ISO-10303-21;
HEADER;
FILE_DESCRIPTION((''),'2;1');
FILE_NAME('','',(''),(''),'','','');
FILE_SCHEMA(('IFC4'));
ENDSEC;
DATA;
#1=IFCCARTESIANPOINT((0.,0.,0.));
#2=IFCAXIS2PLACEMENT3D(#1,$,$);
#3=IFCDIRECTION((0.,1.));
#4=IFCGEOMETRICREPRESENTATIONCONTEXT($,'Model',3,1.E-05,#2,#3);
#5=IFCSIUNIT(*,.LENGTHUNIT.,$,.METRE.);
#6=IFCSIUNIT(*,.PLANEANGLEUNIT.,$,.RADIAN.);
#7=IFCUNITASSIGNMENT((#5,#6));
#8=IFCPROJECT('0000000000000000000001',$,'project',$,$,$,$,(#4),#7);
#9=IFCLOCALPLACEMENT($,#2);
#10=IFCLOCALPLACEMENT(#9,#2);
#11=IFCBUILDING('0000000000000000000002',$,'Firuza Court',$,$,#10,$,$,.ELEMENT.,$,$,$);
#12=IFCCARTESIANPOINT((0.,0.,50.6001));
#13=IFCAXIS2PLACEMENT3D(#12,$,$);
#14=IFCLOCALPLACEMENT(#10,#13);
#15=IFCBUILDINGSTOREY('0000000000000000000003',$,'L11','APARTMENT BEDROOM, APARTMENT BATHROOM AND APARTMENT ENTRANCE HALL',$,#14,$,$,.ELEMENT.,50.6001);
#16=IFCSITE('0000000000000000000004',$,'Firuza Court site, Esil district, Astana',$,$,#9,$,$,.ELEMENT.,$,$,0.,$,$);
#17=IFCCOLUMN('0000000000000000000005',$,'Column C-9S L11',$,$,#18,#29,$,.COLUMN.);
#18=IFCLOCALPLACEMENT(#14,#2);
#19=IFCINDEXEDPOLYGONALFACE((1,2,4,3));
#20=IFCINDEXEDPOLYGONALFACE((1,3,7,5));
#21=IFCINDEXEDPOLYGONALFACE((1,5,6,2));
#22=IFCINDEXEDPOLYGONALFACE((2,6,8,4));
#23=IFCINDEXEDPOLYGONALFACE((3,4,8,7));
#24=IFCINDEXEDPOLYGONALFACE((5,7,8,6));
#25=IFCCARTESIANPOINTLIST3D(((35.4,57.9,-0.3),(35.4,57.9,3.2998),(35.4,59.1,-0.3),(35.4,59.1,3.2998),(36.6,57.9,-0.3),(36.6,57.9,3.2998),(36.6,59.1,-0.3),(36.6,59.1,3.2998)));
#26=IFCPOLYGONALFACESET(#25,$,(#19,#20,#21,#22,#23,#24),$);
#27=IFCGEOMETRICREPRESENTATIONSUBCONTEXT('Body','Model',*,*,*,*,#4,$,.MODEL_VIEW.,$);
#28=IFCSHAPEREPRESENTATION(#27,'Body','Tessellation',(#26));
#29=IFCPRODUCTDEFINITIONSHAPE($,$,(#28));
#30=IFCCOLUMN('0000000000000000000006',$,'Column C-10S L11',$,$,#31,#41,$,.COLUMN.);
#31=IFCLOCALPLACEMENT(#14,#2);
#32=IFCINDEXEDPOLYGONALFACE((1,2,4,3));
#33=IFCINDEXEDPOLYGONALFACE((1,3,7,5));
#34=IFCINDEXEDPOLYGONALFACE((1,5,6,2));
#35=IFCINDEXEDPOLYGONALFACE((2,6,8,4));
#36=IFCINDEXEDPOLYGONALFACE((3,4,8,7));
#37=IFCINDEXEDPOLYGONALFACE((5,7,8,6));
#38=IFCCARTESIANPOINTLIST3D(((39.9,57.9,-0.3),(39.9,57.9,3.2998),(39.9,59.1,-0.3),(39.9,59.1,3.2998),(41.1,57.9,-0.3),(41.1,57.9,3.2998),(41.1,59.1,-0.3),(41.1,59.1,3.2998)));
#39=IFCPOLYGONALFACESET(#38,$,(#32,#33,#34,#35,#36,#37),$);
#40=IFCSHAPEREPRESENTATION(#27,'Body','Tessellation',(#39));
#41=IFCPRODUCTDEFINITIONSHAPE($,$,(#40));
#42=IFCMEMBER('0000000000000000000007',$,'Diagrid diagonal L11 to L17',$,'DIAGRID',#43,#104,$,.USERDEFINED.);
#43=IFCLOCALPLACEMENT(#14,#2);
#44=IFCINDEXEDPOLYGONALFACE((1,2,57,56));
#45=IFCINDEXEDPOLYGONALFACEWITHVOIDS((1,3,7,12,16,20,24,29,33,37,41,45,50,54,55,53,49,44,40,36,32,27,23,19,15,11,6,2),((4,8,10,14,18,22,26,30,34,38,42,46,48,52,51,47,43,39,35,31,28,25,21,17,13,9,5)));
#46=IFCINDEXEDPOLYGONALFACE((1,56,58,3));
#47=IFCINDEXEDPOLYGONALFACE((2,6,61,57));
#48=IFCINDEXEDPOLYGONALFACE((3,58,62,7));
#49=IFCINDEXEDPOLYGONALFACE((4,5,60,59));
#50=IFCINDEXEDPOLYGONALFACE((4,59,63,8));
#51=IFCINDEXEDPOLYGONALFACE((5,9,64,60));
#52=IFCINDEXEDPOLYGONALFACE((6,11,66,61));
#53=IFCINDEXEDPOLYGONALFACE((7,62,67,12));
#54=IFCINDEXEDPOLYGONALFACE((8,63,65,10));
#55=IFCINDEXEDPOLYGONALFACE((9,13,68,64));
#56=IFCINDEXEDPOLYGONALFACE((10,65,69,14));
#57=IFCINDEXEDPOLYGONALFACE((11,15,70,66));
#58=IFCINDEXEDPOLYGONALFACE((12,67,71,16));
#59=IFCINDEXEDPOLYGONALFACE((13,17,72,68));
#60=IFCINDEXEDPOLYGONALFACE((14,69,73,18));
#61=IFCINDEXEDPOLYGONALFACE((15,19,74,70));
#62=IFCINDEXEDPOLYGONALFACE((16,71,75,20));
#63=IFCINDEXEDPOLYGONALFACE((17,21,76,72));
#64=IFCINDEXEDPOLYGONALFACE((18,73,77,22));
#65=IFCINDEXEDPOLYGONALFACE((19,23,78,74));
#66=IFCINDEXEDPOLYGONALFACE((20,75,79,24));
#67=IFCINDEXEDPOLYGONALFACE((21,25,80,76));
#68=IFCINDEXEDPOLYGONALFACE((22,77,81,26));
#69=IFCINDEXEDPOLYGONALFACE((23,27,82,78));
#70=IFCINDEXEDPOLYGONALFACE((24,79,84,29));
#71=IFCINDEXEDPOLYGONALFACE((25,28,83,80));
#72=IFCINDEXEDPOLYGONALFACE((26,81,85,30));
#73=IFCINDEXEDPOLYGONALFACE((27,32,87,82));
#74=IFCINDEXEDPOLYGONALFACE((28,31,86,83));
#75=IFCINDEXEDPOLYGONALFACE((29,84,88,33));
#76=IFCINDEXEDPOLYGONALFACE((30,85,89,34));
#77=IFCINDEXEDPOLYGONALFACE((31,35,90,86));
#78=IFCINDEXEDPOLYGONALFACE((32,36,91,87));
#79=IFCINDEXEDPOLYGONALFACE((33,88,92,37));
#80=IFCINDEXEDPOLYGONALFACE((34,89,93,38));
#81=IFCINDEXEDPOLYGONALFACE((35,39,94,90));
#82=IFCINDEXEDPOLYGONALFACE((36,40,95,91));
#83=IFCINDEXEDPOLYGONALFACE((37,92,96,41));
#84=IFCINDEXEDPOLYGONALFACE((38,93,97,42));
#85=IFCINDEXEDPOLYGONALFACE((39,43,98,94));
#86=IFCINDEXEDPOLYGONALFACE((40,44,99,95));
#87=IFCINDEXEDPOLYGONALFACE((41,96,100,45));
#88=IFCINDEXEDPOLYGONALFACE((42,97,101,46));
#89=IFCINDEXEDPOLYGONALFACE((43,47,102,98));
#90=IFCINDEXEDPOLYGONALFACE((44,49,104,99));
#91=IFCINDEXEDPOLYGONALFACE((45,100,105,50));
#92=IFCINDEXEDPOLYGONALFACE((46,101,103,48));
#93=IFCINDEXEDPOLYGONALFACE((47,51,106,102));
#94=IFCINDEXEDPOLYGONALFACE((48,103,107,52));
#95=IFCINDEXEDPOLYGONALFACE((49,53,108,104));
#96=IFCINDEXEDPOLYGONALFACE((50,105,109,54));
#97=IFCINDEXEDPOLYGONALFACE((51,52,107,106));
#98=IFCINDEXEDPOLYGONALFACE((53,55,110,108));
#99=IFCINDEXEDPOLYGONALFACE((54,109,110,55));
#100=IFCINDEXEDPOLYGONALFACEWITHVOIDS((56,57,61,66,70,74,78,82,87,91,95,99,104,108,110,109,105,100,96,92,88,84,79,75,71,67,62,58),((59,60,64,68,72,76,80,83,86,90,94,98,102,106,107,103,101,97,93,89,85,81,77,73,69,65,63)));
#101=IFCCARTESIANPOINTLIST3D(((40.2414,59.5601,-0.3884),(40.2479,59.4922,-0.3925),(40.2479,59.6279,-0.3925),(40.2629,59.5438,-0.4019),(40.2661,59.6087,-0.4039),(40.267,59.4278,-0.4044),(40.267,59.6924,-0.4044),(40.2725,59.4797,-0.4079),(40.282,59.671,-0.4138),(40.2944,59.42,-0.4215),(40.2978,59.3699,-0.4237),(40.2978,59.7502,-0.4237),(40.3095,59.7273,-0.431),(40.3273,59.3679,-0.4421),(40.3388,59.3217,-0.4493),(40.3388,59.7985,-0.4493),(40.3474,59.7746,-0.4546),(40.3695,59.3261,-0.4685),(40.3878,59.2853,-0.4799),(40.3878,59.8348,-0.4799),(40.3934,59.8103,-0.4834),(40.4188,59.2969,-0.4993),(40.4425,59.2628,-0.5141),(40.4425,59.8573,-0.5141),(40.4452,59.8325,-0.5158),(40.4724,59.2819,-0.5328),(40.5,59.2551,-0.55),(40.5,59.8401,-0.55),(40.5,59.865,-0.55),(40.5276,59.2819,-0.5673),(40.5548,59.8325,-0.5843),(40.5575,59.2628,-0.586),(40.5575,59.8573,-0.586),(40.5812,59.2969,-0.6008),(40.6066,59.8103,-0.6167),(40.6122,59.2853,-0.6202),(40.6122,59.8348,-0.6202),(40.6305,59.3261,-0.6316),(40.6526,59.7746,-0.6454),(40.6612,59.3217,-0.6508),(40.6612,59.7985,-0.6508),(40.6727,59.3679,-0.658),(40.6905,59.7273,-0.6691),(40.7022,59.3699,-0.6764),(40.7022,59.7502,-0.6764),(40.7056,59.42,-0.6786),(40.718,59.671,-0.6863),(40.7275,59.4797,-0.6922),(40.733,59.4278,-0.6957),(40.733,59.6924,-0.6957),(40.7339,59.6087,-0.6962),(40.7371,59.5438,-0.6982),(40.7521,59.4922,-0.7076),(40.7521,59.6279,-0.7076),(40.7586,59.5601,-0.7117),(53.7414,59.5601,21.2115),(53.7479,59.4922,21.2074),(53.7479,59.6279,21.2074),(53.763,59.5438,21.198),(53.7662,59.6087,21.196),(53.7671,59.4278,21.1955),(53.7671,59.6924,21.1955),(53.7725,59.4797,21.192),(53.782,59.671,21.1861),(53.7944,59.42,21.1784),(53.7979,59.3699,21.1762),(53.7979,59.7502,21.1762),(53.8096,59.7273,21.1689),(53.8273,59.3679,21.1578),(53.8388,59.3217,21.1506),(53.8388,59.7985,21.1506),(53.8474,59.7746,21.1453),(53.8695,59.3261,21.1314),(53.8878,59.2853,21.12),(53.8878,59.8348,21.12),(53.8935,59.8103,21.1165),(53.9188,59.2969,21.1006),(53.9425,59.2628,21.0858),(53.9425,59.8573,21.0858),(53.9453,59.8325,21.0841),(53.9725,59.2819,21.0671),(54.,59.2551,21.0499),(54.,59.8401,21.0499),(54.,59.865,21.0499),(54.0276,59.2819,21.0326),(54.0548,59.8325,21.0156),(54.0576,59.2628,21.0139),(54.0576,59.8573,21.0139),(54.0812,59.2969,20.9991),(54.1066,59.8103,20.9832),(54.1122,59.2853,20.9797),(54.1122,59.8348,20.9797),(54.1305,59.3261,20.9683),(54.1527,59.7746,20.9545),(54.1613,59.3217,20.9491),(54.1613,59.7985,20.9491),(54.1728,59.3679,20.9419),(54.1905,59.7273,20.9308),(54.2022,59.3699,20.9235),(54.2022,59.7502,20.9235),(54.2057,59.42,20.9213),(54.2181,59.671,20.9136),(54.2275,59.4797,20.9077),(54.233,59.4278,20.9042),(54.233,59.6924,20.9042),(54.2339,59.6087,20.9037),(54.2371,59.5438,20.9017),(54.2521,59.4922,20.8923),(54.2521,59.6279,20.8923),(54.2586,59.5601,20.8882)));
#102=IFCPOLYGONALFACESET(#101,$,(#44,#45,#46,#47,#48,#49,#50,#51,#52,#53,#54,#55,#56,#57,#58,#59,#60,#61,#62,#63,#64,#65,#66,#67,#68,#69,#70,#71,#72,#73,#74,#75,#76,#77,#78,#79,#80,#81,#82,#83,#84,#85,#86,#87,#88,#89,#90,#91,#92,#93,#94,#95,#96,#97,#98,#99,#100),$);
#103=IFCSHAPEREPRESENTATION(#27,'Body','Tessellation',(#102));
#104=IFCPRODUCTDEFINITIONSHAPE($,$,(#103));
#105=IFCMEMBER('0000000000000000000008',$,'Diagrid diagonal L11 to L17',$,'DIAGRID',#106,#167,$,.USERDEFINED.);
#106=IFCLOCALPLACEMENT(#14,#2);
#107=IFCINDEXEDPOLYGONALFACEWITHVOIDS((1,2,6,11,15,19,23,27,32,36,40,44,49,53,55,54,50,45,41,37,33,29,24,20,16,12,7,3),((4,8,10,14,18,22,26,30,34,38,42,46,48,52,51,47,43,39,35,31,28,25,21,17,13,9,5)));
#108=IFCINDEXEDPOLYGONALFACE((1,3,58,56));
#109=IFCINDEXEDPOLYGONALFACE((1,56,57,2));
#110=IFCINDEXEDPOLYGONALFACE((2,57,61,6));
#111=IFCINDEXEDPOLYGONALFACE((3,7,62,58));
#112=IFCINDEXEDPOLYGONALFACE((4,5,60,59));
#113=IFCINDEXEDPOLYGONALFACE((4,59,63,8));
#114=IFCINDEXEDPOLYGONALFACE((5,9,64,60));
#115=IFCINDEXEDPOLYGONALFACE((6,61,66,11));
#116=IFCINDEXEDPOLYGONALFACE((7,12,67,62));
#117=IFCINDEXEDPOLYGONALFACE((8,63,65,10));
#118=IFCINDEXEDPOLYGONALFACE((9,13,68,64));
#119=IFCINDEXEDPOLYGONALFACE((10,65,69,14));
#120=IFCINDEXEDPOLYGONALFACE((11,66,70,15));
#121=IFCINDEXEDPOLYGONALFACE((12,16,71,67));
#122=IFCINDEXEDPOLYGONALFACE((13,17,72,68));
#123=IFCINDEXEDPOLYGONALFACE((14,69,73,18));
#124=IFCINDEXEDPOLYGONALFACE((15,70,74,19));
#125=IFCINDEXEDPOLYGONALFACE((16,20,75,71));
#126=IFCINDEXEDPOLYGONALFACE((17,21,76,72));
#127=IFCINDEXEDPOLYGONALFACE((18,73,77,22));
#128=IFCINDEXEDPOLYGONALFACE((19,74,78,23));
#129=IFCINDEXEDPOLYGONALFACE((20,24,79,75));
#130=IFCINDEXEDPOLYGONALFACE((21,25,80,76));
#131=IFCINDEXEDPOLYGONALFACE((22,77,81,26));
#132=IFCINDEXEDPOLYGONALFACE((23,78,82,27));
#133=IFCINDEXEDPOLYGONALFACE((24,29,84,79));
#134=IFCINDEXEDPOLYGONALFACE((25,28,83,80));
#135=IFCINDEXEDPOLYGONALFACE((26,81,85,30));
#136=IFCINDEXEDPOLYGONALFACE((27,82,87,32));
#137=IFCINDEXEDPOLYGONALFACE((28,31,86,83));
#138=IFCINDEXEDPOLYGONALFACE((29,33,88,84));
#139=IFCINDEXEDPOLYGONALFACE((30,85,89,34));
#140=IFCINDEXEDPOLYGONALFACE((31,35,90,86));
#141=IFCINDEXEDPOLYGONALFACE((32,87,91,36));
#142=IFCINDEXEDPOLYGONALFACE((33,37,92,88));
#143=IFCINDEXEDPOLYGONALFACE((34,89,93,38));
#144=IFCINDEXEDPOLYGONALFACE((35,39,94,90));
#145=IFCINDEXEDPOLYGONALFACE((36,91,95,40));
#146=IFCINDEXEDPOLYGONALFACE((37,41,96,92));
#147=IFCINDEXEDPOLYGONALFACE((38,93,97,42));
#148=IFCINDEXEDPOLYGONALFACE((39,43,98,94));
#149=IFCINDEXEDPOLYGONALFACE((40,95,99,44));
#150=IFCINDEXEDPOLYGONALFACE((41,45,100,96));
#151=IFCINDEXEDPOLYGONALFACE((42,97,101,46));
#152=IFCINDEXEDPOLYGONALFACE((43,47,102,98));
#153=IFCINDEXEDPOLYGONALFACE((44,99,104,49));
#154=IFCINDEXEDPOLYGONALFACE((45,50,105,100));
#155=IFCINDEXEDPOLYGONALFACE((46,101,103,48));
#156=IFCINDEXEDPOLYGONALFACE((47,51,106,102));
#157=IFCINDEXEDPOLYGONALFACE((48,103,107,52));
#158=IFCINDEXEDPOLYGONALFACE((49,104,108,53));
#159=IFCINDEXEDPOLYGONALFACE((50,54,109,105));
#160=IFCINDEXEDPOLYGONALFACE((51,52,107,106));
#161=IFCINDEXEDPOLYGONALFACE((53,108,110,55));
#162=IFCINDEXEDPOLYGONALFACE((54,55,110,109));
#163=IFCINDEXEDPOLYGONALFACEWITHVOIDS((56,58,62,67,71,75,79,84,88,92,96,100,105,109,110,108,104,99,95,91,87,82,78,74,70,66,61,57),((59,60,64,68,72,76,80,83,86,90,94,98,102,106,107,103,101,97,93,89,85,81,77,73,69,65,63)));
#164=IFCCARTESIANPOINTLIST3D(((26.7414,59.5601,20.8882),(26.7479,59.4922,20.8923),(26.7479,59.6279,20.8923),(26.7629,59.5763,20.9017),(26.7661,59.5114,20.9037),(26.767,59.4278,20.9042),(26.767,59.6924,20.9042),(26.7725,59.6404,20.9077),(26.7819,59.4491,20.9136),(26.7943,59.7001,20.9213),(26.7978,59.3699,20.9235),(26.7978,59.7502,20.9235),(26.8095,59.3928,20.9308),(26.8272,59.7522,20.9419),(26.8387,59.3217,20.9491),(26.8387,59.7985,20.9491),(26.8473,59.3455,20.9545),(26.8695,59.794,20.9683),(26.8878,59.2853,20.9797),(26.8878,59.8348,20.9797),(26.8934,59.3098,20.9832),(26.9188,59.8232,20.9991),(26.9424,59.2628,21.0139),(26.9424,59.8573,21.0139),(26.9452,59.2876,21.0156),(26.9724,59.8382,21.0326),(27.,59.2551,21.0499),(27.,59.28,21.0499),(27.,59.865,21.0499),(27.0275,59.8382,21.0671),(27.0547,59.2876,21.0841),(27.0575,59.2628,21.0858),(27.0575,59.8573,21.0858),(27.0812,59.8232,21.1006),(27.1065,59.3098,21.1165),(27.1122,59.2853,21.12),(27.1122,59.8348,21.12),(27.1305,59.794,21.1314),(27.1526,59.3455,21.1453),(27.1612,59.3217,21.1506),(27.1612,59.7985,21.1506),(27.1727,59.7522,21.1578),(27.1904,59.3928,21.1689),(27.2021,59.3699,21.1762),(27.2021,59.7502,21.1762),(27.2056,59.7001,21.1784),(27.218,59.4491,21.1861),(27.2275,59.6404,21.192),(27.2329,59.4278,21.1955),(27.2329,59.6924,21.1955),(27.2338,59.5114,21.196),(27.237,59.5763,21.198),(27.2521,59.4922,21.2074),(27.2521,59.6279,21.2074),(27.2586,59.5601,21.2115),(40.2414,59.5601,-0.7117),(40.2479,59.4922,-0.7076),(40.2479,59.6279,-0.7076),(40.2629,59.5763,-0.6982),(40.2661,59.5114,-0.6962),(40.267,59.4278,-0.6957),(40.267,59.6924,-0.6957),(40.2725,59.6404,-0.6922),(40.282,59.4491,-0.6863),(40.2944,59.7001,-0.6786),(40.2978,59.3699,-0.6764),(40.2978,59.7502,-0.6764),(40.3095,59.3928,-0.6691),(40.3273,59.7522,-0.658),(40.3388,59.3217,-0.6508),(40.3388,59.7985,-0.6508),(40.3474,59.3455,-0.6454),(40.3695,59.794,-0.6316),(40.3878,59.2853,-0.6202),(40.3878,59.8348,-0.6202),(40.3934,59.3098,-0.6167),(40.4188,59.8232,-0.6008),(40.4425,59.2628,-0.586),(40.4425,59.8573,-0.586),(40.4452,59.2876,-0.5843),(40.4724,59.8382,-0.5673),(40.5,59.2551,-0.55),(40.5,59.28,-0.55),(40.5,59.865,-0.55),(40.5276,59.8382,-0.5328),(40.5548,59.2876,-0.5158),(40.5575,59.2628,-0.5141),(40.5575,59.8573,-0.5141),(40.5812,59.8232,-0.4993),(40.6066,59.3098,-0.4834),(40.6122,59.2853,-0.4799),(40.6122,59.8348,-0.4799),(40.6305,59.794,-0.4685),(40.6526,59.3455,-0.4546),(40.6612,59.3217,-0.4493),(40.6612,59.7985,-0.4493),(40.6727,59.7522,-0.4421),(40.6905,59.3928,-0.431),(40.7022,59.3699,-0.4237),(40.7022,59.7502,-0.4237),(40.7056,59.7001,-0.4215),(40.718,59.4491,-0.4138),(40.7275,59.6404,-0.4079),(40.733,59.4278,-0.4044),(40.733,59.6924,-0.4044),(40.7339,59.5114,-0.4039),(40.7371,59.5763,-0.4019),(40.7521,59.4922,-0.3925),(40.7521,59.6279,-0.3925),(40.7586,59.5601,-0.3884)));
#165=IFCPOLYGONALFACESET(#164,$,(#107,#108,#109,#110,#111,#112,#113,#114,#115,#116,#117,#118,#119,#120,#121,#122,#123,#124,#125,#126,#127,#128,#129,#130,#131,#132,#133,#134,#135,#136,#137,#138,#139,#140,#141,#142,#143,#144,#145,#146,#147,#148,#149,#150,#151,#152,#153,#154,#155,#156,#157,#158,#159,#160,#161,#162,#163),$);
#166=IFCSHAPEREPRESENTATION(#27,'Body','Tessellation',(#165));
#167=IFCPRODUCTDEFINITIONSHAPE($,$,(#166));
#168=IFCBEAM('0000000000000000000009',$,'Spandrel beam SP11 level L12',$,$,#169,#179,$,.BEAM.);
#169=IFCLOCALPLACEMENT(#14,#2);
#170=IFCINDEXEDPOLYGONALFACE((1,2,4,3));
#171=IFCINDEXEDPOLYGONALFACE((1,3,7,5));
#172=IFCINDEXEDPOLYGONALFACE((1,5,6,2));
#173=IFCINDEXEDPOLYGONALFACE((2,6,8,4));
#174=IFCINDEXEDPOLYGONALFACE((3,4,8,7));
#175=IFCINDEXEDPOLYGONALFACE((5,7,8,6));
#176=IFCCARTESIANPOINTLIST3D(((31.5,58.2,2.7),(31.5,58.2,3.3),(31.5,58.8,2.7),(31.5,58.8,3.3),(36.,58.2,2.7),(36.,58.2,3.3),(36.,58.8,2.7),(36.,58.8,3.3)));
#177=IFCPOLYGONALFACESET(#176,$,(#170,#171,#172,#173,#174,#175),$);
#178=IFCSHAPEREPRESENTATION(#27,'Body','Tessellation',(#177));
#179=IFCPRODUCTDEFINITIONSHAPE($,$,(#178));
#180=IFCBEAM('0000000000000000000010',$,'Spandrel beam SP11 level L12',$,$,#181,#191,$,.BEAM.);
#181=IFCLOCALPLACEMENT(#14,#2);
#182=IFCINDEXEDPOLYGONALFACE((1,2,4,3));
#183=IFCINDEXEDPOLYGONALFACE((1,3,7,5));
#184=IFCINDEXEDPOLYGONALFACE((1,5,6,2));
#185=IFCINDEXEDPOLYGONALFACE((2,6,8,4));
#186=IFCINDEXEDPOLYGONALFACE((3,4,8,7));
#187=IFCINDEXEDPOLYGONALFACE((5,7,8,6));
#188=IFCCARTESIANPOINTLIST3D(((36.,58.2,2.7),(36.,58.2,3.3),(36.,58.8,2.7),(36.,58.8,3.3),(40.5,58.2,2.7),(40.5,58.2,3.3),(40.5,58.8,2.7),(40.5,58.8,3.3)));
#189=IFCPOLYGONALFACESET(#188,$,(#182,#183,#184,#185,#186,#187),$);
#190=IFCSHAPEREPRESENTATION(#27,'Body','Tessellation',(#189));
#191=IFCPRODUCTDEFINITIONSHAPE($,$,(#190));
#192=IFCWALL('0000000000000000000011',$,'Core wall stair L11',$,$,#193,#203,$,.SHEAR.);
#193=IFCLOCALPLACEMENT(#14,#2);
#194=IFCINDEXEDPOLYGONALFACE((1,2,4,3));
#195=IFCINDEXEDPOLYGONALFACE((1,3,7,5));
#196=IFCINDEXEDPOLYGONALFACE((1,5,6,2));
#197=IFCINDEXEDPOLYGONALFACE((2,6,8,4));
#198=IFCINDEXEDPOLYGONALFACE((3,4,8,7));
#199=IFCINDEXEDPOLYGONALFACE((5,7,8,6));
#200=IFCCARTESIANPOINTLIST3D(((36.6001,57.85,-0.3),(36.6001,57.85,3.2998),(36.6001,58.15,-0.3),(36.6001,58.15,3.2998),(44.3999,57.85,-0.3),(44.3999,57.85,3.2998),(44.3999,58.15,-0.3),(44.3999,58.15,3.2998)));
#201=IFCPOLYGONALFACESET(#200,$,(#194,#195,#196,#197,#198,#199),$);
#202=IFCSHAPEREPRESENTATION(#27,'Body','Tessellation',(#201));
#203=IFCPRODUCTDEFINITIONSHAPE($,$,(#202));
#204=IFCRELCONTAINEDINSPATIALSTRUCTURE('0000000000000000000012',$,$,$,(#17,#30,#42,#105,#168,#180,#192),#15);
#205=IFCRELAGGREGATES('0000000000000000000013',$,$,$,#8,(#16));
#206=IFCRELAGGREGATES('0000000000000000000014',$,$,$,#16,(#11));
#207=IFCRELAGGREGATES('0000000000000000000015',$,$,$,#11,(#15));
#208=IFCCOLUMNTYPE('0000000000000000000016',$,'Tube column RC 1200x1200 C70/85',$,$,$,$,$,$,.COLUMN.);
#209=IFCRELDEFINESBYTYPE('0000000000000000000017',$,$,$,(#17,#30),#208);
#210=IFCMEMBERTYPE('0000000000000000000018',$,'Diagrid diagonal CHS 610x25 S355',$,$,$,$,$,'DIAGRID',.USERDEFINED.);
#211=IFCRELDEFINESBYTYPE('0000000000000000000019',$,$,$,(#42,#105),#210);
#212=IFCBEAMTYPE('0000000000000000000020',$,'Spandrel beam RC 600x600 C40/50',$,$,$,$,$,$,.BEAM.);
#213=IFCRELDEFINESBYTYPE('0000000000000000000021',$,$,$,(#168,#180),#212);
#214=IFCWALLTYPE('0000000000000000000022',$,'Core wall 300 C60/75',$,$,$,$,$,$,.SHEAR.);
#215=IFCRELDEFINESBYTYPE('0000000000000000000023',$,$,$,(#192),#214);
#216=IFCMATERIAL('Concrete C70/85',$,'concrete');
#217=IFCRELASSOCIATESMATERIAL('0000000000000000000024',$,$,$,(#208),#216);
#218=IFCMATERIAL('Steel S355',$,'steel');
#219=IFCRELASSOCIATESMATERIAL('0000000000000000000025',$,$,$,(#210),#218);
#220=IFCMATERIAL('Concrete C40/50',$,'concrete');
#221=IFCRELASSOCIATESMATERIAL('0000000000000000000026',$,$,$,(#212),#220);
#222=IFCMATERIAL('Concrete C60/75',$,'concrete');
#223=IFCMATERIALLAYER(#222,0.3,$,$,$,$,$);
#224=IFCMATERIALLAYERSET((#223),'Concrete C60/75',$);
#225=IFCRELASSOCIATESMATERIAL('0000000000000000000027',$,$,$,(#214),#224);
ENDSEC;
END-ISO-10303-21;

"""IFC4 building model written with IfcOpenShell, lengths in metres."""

from ifc_helpers import new_model, si_unit, direction, frame, frame_2d, origin, origin_2d, place, context, subcontext, project, spatial, rectangle, hollow_circle, extrude, material, layer, layer_set, material_profile, profile_set, type_object, element, save


model = new_model("IFC4")

# Units and contexts
model_context = context("Model", 3, precision=1e-05, world=origin(), true_north=direction((0.0, 1.0)))
body_context = subcontext(model_context, "Body", "Model", "MODEL_VIEW")
ifc_project = project(units=[si_unit("LENGTHUNIT", "METRE"), si_unit("PLANEANGLEUNIT", "RADIAN")], contexts=[model_context])

# Site, building, storey
site_placement = place(None, origin())
site = spatial("IfcSite", under=ifc_project, at=site_placement, Name="Firuza Court site, Esil district, Astana", CompositionType="ELEMENT", RefElevation=0.0)
building_placement = place(site_placement, origin())
building = spatial("IfcBuilding", under=site, at=building_placement, Name="Firuza Court", CompositionType="ELEMENT")
storey_placement = place(building_placement, frame((0.0, 0.0, 50.6001)))
storey = spatial("IfcBuildingStorey", under=building, at=storey_placement, Name="L11", Description="APARTMENT BEDROOM, APARTMENT BATHROOM AND APARTMENT ENTRANCE HALL", CompositionType="ELEMENT", Elevation=50.6001)

# Columns
ifc_material_1 = material(Name="Concrete C70/85", Category="concrete")
ifc_material_profile_1 = material_profile(ifc_material_1, rectangle(XDim=1.2, YDim=1.2, at=origin_2d()), Name="RC 1200x1200")
ifc_profile_set_1 = profile_set([ifc_material_profile_1], Name="Concrete C70/85")
column_type = type_object("IfcColumnType", Name="Tube column RC 1200x1200 C70/85", PredefinedType="COLUMN", material=ifc_profile_set_1)
for number, where, z_axis, x_axis, name in (
    (1, (36.0, 58.5, -0.3), (0.0, 0.0, 1.0), (1.0, 0.0, 0.0), "Column C-9S L11"),
    (2, (40.5, 58.5, -0.3), (0.0, 0.0, 1.0), (1.0, 0.0, 0.0), "Column C-10S L11"),
):
    element("IfcColumn", number, at=place(storey_placement, frame(where, z_axis=z_axis, x_axis=x_axis)), inside=storey, type_object=column_type, Name=name, PredefinedType="COLUMN", context=body_context, shape_type="SweptSolid", body=[
        extrude(rectangle(XDim=1.2, YDim=1.2, at=origin_2d()), origin(), (0.0, 0.0, 1.0), 3.5999),
    ])

# Members
ifc_material_2 = material(Name="Steel S355", Category="steel")
ifc_material_profile_2 = material_profile(ifc_material_2, hollow_circle(Radius=0.3049, WallThickness=0.0249, at=origin_2d()), Name="CHS 610x25")
ifc_profile_set_2 = profile_set([ifc_material_profile_2], Name="Steel S355")
member_type = type_object("IfcMemberType", Name="Diagrid diagonal CHS 610x25 S355", ElementType="DIAGRID", PredefinedType="USERDEFINED", material=ifc_profile_set_2)
for number, where, z_axis, x_axis, name in (
    (3, (40.5, 59.5601, -0.55), (0.530002, 0.0, 0.847997), (0.0, 1.0, 0.0), "Diagrid diagonal L11 to L17"),
    (4, (40.5, 59.5601, -0.55), (-0.530002, 0.0, 0.847997), (0.0, -1.0, 0.0), "Diagrid diagonal L11 to L17"),
):
    element("IfcMember", number, at=place(storey_placement, frame(where, z_axis=z_axis, x_axis=x_axis)), inside=storey, type_object=member_type, Name=name, ObjectType="DIAGRID", PredefinedType="USERDEFINED", context=body_context, shape_type="SweptSolid", body=[
        extrude(hollow_circle(Radius=0.3049, WallThickness=0.0249, at=origin_2d()), origin(), (0.0, 0.0, 1.0), 25.4717),
    ])

# Beams
ifc_material_3 = material(Name="Concrete C40/50", Category="concrete")
ifc_material_profile_3 = material_profile(ifc_material_3, rectangle(XDim=0.6001, YDim=0.6001, at=origin_2d()), Name="RC 600x600")
ifc_profile_set_3 = profile_set([ifc_material_profile_3], Name="Concrete C40/50")
beam_type = type_object("IfcBeamType", Name="Spandrel beam RC 600x600 C40/50", PredefinedType="BEAM", material=ifc_profile_set_3)
for number, where, z_axis, x_axis, name in (
    (5, (36.0, 58.5, 3.0), (-1.0, 0.0, 0.0), (0.0, -1.0, 0.0), "Spandrel beam SP11 level L12"),
    (6, (40.5, 58.5, 3.0), (-1.0, 0.0, 0.0), (0.0, -1.0, 0.0), "Spandrel beam SP11 level L12"),
):
    element("IfcBeam", number, at=place(storey_placement, frame(where, z_axis=z_axis, x_axis=x_axis)), inside=storey, type_object=beam_type, Name=name, PredefinedType="BEAM", context=body_context, shape_type="SweptSolid", body=[
        extrude(rectangle(XDim=0.6001, YDim=0.6001, at=origin_2d()), origin(), (0.0, 0.0, 1.0), 4.5),
    ])

# Wall
ifc_material_4 = material(Name="Concrete C60/75", Category="concrete")
ifc_layer_1 = layer(ifc_material_4, 0.3)
ifc_layer_set_1 = layer_set([ifc_layer_1], Name="Concrete C60/75")
wall_type_1 = type_object("IfcWallType", Name="Core wall 300 C60/75", PredefinedType="SHEAR", material=ifc_layer_set_1)
wall_1_placement = place(storey_placement, frame((36.6001, 58.0, -0.3), z_axis=(0.0, 0.0, 1.0), x_axis=(1.0, 0.0, 0.0)))
element("IfcWall", 7, at=wall_1_placement, inside=storey, type_object=wall_type_1, Name="Core wall stair L11", PredefinedType="SHEAR", context=body_context, shape_type="SweptSolid", body=[
    extrude(rectangle(XDim=7.7998, YDim=0.3, at=frame_2d((3.8999, 0.0))), origin(), (0.0, 0.0, 1.0), 3.5999),
])

save(model, "model.ifc")
